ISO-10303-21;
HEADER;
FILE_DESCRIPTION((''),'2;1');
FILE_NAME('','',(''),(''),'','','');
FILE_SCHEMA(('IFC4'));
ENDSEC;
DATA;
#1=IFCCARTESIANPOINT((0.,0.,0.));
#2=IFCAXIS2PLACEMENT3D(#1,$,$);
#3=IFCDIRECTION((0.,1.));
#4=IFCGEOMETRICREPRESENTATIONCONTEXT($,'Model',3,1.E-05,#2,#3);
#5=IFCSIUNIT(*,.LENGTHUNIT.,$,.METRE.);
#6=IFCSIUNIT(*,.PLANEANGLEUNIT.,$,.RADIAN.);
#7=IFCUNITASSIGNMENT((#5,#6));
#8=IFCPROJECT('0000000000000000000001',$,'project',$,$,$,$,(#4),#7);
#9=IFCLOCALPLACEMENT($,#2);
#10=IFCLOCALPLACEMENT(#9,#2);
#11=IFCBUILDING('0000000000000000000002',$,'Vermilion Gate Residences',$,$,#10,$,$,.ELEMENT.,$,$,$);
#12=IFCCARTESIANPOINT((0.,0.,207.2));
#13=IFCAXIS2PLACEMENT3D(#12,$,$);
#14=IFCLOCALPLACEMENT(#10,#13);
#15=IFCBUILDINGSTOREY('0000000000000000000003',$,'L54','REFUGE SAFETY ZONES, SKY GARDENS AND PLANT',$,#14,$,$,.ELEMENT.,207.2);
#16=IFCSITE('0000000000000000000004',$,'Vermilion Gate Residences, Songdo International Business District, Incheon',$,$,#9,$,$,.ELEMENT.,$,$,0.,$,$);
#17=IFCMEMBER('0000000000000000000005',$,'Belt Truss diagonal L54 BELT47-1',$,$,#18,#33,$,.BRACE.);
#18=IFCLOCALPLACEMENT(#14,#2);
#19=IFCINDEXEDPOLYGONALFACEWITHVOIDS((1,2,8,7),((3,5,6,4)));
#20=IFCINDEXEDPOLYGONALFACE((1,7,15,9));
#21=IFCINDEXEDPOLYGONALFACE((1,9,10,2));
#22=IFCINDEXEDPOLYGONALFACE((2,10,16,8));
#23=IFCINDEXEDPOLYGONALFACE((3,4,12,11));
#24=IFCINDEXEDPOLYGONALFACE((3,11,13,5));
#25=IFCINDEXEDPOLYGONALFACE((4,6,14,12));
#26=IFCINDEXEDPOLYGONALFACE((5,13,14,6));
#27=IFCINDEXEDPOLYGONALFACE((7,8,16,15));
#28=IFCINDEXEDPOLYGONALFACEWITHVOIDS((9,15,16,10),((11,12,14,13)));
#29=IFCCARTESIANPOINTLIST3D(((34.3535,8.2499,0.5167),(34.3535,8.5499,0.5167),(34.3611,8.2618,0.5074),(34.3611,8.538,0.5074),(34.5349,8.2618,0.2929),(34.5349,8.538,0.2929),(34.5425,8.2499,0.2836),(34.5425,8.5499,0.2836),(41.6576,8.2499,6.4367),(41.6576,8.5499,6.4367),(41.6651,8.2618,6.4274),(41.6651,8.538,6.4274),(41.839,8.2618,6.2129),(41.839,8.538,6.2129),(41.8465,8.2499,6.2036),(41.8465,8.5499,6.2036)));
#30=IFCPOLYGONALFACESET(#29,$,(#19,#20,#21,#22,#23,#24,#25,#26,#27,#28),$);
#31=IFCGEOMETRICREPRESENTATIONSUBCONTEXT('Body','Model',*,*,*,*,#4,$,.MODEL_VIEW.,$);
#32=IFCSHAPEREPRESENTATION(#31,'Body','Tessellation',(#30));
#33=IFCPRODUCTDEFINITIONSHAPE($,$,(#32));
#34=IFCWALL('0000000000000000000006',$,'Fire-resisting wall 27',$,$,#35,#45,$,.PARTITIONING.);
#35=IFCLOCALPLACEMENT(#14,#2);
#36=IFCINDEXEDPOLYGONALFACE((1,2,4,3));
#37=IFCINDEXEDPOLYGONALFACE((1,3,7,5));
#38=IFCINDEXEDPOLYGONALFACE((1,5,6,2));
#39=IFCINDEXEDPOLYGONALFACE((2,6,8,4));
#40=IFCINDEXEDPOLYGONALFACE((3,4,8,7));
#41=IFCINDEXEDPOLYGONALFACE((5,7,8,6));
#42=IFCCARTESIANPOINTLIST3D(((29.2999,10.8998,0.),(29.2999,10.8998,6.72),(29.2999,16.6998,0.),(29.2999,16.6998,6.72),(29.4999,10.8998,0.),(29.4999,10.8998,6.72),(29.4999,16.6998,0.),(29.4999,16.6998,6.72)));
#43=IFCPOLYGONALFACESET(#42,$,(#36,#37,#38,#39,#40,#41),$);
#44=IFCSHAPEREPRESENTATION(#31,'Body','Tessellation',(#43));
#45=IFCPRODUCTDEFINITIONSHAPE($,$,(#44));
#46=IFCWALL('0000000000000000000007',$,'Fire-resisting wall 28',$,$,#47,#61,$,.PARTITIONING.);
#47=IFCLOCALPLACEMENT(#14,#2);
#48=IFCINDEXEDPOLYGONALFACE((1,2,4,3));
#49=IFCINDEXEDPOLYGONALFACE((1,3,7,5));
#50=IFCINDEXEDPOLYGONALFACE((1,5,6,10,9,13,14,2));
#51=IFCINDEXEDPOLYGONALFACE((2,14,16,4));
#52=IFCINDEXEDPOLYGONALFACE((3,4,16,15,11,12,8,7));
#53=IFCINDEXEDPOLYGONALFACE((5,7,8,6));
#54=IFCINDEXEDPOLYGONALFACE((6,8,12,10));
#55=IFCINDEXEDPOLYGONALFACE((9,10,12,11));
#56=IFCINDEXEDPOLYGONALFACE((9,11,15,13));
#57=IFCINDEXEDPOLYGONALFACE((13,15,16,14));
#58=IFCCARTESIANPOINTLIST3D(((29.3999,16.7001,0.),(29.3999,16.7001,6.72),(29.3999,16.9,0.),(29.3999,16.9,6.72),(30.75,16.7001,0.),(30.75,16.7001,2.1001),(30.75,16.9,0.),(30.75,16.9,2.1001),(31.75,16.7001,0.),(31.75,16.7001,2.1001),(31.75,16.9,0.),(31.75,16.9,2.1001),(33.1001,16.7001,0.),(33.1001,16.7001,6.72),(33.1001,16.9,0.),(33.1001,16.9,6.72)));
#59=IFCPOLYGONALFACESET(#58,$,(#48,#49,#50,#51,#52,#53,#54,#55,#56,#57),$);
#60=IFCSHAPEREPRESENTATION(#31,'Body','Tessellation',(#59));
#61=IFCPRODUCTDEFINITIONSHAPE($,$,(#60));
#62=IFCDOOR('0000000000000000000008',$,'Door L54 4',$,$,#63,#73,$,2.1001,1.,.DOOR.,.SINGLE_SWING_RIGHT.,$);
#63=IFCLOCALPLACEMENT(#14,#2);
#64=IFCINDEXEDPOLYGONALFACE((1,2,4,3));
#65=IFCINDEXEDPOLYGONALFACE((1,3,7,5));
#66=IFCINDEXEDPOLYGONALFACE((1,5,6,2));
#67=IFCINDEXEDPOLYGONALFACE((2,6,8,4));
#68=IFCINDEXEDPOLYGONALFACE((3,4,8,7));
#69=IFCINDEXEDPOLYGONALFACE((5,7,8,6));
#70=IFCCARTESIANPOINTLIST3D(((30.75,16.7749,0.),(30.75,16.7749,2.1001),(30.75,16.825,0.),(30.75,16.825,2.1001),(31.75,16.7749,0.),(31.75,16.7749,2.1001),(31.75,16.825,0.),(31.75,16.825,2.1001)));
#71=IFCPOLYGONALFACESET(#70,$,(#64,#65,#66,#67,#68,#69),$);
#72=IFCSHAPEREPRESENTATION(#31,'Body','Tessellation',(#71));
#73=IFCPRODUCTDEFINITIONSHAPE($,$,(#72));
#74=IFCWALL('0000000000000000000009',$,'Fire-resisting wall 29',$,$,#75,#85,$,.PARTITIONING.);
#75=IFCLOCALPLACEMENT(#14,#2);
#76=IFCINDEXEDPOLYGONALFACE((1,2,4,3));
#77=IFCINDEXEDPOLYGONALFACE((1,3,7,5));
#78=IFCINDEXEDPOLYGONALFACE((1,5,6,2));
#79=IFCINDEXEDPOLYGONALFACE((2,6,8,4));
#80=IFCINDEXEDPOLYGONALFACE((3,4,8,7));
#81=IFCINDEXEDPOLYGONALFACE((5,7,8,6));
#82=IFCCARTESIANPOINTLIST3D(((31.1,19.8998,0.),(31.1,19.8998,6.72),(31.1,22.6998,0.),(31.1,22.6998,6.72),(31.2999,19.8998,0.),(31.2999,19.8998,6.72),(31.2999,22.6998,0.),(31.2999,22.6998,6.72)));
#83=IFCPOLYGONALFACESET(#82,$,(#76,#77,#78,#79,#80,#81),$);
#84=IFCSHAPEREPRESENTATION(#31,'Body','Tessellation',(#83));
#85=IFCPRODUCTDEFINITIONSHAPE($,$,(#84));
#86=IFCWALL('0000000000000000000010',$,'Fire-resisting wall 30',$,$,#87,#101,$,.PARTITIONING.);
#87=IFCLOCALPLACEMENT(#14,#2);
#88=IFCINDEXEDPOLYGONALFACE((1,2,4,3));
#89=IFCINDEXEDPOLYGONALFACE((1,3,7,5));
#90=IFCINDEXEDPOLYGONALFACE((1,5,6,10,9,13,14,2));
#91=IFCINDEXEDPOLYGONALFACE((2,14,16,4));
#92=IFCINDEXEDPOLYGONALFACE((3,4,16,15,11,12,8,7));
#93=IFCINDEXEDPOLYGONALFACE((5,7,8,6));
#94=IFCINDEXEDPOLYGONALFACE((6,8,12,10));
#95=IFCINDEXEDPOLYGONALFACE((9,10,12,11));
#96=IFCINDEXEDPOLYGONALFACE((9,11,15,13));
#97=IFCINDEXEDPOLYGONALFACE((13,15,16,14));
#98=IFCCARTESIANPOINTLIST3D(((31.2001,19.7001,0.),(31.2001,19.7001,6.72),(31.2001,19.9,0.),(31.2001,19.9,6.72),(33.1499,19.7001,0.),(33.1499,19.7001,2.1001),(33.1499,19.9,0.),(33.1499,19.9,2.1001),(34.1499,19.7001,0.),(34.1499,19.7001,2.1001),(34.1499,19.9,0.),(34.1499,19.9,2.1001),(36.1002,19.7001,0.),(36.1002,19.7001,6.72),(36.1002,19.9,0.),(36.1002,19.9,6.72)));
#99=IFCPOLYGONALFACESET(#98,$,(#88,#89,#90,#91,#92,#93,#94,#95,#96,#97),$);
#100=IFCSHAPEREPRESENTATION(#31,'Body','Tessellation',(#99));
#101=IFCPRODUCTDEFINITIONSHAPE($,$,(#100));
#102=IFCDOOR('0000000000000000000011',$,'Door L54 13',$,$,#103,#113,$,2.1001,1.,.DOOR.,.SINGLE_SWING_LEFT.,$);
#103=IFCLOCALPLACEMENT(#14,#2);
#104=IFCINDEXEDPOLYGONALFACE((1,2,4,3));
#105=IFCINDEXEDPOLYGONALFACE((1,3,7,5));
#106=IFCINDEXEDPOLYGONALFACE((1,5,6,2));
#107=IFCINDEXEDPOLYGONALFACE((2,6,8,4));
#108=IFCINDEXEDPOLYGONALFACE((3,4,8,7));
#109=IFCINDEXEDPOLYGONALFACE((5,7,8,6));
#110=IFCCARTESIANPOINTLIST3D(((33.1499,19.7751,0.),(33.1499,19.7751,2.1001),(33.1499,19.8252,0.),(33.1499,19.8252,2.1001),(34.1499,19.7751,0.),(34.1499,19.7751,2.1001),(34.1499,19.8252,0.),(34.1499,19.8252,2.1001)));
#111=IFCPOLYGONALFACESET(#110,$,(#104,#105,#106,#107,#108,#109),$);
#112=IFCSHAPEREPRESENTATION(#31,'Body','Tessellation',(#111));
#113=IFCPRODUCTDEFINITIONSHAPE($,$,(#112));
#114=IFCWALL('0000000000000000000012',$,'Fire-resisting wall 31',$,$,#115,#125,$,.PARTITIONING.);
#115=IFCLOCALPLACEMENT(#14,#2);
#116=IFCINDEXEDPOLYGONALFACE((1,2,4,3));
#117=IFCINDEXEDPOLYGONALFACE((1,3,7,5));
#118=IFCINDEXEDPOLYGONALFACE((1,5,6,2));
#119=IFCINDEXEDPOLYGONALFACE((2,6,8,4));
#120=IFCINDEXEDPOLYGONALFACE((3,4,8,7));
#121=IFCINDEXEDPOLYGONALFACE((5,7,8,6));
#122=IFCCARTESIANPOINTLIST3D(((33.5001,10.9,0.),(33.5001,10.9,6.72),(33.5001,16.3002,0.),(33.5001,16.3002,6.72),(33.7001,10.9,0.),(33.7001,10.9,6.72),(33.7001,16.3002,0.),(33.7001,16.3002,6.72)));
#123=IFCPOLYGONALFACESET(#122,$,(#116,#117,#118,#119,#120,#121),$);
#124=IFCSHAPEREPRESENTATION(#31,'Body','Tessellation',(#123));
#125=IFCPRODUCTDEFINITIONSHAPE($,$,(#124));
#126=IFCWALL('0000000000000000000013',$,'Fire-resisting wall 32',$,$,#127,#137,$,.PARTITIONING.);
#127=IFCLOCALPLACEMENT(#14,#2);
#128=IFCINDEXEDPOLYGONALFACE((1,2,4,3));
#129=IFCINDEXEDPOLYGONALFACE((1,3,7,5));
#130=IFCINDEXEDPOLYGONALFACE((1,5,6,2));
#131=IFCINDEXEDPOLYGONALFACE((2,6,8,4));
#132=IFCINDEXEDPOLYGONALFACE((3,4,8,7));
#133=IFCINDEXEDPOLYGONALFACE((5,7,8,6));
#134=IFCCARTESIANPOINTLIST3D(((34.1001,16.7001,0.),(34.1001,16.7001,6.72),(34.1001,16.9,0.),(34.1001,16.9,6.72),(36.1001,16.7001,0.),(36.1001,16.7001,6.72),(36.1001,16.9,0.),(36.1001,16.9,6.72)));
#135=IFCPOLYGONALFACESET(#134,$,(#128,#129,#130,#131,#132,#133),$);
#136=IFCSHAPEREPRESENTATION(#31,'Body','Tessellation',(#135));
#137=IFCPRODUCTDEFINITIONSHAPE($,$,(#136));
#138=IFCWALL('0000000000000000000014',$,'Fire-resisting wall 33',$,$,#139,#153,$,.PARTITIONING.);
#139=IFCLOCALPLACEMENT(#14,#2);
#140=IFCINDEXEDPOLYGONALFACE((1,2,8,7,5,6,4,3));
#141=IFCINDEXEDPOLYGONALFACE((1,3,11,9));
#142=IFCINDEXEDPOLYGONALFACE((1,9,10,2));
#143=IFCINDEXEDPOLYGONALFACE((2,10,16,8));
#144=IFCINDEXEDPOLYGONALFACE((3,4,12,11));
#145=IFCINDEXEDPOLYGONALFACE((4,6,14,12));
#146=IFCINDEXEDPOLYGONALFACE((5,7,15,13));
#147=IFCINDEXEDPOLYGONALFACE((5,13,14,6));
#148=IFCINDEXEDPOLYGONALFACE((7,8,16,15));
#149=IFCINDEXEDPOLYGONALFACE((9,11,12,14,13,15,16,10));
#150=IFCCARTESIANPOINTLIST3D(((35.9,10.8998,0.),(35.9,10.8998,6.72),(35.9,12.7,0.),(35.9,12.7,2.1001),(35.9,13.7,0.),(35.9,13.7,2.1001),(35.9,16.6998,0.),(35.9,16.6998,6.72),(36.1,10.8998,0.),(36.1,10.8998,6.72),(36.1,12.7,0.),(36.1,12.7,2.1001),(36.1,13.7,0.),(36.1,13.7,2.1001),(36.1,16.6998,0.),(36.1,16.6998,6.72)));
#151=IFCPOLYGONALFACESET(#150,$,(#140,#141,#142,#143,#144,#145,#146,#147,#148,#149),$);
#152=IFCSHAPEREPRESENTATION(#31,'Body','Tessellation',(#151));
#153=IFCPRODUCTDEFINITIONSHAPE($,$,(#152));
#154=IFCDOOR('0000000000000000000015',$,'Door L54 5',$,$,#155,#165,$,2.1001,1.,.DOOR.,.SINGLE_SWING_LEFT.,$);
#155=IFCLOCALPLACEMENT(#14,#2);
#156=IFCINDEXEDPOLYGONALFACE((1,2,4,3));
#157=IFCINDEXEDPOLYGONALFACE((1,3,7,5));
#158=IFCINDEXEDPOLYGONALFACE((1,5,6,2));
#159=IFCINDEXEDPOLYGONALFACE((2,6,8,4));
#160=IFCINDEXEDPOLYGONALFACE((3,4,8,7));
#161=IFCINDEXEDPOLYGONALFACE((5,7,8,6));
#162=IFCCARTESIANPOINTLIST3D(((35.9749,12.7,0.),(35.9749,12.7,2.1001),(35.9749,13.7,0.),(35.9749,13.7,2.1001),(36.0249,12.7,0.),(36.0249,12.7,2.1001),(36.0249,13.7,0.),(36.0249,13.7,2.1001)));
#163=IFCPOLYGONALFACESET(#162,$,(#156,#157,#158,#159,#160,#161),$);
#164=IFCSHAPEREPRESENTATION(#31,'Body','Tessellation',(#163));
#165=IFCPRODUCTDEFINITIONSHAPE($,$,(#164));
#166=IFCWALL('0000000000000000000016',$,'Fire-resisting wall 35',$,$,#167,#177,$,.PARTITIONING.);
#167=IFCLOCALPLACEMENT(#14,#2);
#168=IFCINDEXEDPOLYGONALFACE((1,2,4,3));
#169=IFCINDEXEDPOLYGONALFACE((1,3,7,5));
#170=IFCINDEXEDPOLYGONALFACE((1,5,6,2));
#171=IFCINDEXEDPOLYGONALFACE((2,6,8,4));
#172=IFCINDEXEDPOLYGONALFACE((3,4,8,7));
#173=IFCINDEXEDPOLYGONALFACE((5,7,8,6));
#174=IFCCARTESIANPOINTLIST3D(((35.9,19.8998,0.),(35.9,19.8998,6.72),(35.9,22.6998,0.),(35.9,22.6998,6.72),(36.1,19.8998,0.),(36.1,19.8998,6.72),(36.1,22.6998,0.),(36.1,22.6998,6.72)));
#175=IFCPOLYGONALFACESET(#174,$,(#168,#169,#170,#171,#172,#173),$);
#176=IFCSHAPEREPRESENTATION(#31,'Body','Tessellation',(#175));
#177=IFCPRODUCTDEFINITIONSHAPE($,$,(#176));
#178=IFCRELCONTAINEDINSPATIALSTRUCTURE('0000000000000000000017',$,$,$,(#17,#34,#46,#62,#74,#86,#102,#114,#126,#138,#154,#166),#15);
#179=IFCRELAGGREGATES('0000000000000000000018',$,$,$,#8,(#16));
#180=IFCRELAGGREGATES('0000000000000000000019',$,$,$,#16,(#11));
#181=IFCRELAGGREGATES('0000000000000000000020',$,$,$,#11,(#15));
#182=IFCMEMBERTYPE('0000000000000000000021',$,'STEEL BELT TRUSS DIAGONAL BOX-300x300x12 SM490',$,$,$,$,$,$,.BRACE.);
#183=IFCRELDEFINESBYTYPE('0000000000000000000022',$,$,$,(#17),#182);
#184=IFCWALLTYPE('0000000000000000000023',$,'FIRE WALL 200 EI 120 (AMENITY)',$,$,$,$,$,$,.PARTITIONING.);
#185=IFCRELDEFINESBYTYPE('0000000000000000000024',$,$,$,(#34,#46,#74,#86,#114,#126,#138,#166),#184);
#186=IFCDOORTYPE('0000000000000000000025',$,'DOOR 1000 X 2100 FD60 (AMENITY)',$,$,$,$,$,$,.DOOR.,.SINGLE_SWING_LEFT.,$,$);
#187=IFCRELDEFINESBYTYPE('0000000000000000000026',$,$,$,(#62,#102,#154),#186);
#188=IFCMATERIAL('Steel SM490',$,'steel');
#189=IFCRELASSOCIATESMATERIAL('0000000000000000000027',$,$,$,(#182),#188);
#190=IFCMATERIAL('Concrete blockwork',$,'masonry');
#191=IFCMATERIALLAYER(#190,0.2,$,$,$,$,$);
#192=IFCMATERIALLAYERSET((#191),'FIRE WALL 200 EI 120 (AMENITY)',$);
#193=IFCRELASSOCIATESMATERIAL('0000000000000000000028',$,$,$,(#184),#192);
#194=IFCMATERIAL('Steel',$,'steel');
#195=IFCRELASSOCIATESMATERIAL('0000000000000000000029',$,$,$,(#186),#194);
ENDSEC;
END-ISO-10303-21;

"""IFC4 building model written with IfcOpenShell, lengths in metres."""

from ifc_helpers import new_model, si_unit, direction, frame, frame_2d, origin, origin_2d, place, context, subcontext, project, spatial, rectangle, hollow_rectangle, extrude, material, layer, layer_set, material_profile, profile_set, type_object, element, fill, save


model = new_model("IFC4")

# Units and contexts
model_context = context("Model", 3, precision=1e-05, world=origin(), true_north=direction((0.0, 1.0)))
body_context = subcontext(model_context, "Body", "Model", "MODEL_VIEW")
ifc_project = project(units=[si_unit("LENGTHUNIT", "METRE"), si_unit("PLANEANGLEUNIT", "RADIAN")], contexts=[model_context])

# Site, building, storey
site_placement = place(None, origin())
site = spatial("IfcSite", under=ifc_project, at=site_placement, Name="Vermilion Gate Residences, Songdo International Business District, Incheon", CompositionType="ELEMENT", RefElevation=0.0)
building_placement = place(site_placement, origin())
building = spatial("IfcBuilding", under=site, at=building_placement, Name="Vermilion Gate Residences", CompositionType="ELEMENT")
storey_placement = place(building_placement, frame((0.0, 0.0, 207.2)))
storey = spatial("IfcBuildingStorey", under=building, at=storey_placement, Name="L54", Description="REFUGE SAFETY ZONES, SKY GARDENS AND PLANT", CompositionType="ELEMENT", Elevation=207.2)

# Member
ifc_material_1 = material(Name="Steel SM490", Category="steel")
ifc_material_profile_1 = material_profile(ifc_material_1, hollow_rectangle(XDim=0.3, YDim=0.3, WallThickness=0.012, at=origin_2d()), Name="BOX-300x300x12")
ifc_profile_set_1 = profile_set([ifc_material_profile_1], Name="Steel SM490")
member_type_1 = type_object("IfcMemberType", Name="STEEL BELT TRUSS DIAGONAL BOX-300x300x12 SM490", PredefinedType="BRACE", material=ifc_profile_set_1)
member_1_placement = place(storey_placement, frame((34.448, 8.3999, 0.4001), z_axis=(0.77687, 0.0, 0.629661), x_axis=(0.0, 1.0, 0.0)))
element("IfcMember", 1, at=member_1_placement, inside=storey, type_object=member_type_1, Name="Belt Truss diagonal L54 BELT47-1", PredefinedType="BRACE", context=body_context, shape_type="SweptSolid", body=[
    extrude(hollow_rectangle(XDim=0.3, YDim=0.3, WallThickness=0.012, at=origin_2d()), origin(), (0.0, 0.0, 1.0), 9.4019),
])

# Wall
ifc_material_2 = material(Name="Concrete blockwork", Category="masonry")
ifc_layer_1 = layer(ifc_material_2, 0.2)
ifc_layer_set_1 = layer_set([ifc_layer_1], Name="FIRE WALL 200 EI 120 (AMENITY)")
wall_type_1 = type_object("IfcWallType", Name="FIRE WALL 200 EI 120 (AMENITY)", PredefinedType="PARTITIONING", material=ifc_layer_set_1)
wall_1_placement = place(storey_placement, frame((29.3999, 10.8999, 0.0), z_axis=(0.0, 0.0, 1.0), x_axis=(0.0, 1.0, 0.0)))
element("IfcWall", 2, at=wall_1_placement, inside=storey, type_object=wall_type_1, Name="Fire-resisting wall 27", PredefinedType="PARTITIONING", context=body_context, shape_type="SweptSolid", body=[
    extrude(rectangle(XDim=5.8, YDim=0.2, at=frame_2d((2.8999, 0.0))), origin(), (0.0, 0.0, 1.0), 6.72),
])

# Wall, opening, door
wall_2_placement = place(storey_placement, frame((29.3999, 16.8, 0.0), z_axis=(0.0, 0.0, 1.0), x_axis=(1.0, 0.0, 0.0)))
wall_2 = element("IfcWall", 3, at=wall_2_placement, inside=storey, type_object=wall_type_1, Name="Fire-resisting wall 28", PredefinedType="PARTITIONING", context=body_context, shape_type="SweptSolid", body=[
    extrude(rectangle(XDim=3.7002, YDim=0.2, at=frame_2d((1.8501, 0.0))), origin(), (0.0, 0.0, 1.0), 6.72),
])
opening_1_placement = place(wall_2_placement, frame((1.3501, 0.0, 0.0)))
opening_1 = element("IfcOpeningElement", 4, at=opening_1_placement, cuts=wall_2, PredefinedType="OPENING", context=body_context, shape_type="SweptSolid", body=[
    extrude(rectangle(XDim=1.0, YDim=2.1001, at=frame_2d((0.5, 1.05))), frame((0.0, 0.1099, 0.0), z_axis=(0.0, -1.0, 0.0), x_axis=(1.0, 0.0, 0.0)), (0.0, 0.0, 1.0), 0.22),
])
ifc_material_3 = material(Name="Steel", Category="steel")
door_type_1 = type_object("IfcDoorType", Name="DOOR 1000 X 2100 FD60 (AMENITY)", OperationType="SINGLE_SWING_LEFT", PredefinedType="DOOR", material=ifc_material_3)
door_1_placement = place(opening_1_placement, origin())
door_1 = element("IfcDoor", 5, at=door_1_placement, inside=storey, type_object=door_type_1, Name="Door L54 4", OperationType="SINGLE_SWING_RIGHT", OverallHeight=2.1001, OverallWidth=1.0, PredefinedType="DOOR", context=body_context, shape_type="SweptSolid", body=[
    extrude(rectangle(XDim=1.0, YDim=2.1001, at=frame_2d((0.5, 1.05))), frame((0.0, 0.0249, 0.0), z_axis=(0.0, -1.0, 0.0), x_axis=(1.0, 0.0, 0.0)), (0.0, 0.0, 1.0), 0.05),
])
fill(opening_1, door_1)

# Wall
wall_3_placement = place(storey_placement, frame((31.2, 19.8999, 0.0), z_axis=(0.0, 0.0, 1.0), x_axis=(0.0, 1.0, 0.0)))
element("IfcWall", 6, at=wall_3_placement, inside=storey, type_object=wall_type_1, Name="Fire-resisting wall 29", PredefinedType="PARTITIONING", context=body_context, shape_type="SweptSolid", body=[
    extrude(rectangle(XDim=2.8, YDim=0.2, at=frame_2d((1.3999, 0.0))), origin(), (0.0, 0.0, 1.0), 6.72),
])

# Wall, opening, door
wall_4_placement = place(storey_placement, frame((31.2, 19.8, 0.0), z_axis=(0.0, 0.0, 1.0), x_axis=(1.0, 0.0, 0.0)))
wall_4 = element("IfcWall", 7, at=wall_4_placement, inside=storey, type_object=wall_type_1, Name="Fire-resisting wall 30", PredefinedType="PARTITIONING", context=body_context, shape_type="SweptSolid", body=[
    extrude(rectangle(XDim=4.9001, YDim=0.2, at=frame_2d((2.4502, 0.0))), origin(), (0.0, 0.0, 1.0), 6.72),
])
opening_2_placement = place(wall_4_placement, frame((1.95, 0.0, 0.0)))
opening_2 = element("IfcOpeningElement", 8, at=opening_2_placement, cuts=wall_4, PredefinedType="OPENING", context=body_context, shape_type="SweptSolid", body=[
    extrude(rectangle(XDim=1.0, YDim=2.1001, at=frame_2d((0.5, 1.05))), frame((0.0, 0.1099, 0.0), z_axis=(0.0, -1.0, 0.0), x_axis=(1.0, 0.0, 0.0)), (0.0, 0.0, 1.0), 0.22),
])
door_2_placement = place(opening_2_placement, frame((1.0, 0.0, 0.0), z_axis=(0.0, 0.0, 1.0), x_axis=(-1.0, 0.0, 0.0)))
door_2 = element("IfcDoor", 9, at=door_2_placement, inside=storey, type_object=door_type_1, Name="Door L54 13", OperationType="SINGLE_SWING_LEFT", OverallHeight=2.1001, OverallWidth=1.0, PredefinedType="DOOR", context=body_context, shape_type="SweptSolid", body=[
    extrude(rectangle(XDim=1.0, YDim=2.1001, at=frame_2d((0.5, 1.05))), frame((0.0, 0.0249, 0.0), z_axis=(0.0, -1.0, 0.0), x_axis=(1.0, 0.0, 0.0)), (0.0, 0.0, 1.0), 0.05),
])
fill(opening_2, door_2)

# Walls
wall_5_placement = place(storey_placement, frame((33.6001, 10.8999, 0.0), z_axis=(0.0, 0.0, 1.0), x_axis=(0.0, 1.0, 0.0)))
element("IfcWall", 10, at=wall_5_placement, inside=storey, type_object=wall_type_1, Name="Fire-resisting wall 31", PredefinedType="PARTITIONING", context=body_context, shape_type="SweptSolid", body=[
    extrude(rectangle(XDim=5.4001, YDim=0.2, at=frame_2d((2.7002, 0.0))), origin(), (0.0, 0.0, 1.0), 6.72),
])
wall_6_placement = place(storey_placement, frame((34.1001, 16.8, 0.0), z_axis=(0.0, 0.0, 1.0), x_axis=(1.0, 0.0, 0.0)))
element("IfcWall", 11, at=wall_6_placement, inside=storey, type_object=wall_type_1, Name="Fire-resisting wall 32", PredefinedType="PARTITIONING", context=body_context, shape_type="SweptSolid", body=[
    extrude(rectangle(XDim=2.0, YDim=0.2, at=frame_2d((1.0, 0.0))), origin(), (0.0, 0.0, 1.0), 6.72),
])

# Wall, opening, door
wall_7_placement = place(storey_placement, frame((36.0, 10.8999, 0.0), z_axis=(0.0, 0.0, 1.0), x_axis=(0.0, 1.0, 0.0)))
wall_7 = element("IfcWall", 12, at=wall_7_placement, inside=storey, type_object=wall_type_1, Name="Fire-resisting wall 33", PredefinedType="PARTITIONING", context=body_context, shape_type="SweptSolid", body=[
    extrude(rectangle(XDim=5.8, YDim=0.2, at=frame_2d((2.8999, 0.0))), origin(), (0.0, 0.0, 1.0), 6.72),
])
opening_3_placement = place(wall_7_placement, frame((1.8, 0.0, 0.0)))
opening_3 = element("IfcOpeningElement", 13, at=opening_3_placement, cuts=wall_7, PredefinedType="OPENING", context=body_context, shape_type="SweptSolid", body=[
    extrude(rectangle(XDim=1.0, YDim=2.1001, at=frame_2d((0.5, 1.05))), frame((0.0, 0.1099, 0.0), z_axis=(0.0, -1.0, 0.0), x_axis=(1.0, 0.0, 0.0)), (0.0, 0.0, 1.0), 0.22),
])
door_3_placement = place(opening_3_placement, frame((1.0, 0.0, 0.0), z_axis=(0.0, 0.0, 1.0), x_axis=(-1.0, 0.0, 0.0)))
door_3 = element("IfcDoor", 14, at=door_3_placement, inside=storey, type_object=door_type_1, Name="Door L54 5", OperationType="SINGLE_SWING_LEFT", OverallHeight=2.1001, OverallWidth=1.0, PredefinedType="DOOR", context=body_context, shape_type="SweptSolid", body=[
    extrude(rectangle(XDim=1.0, YDim=2.1001, at=frame_2d((0.5, 1.05))), frame((0.0, 0.0249, 0.0), z_axis=(0.0, -1.0, 0.0), x_axis=(1.0, 0.0, 0.0)), (0.0, 0.0, 1.0), 0.05),
])
fill(opening_3, door_3)

# Wall
wall_8_placement = place(storey_placement, frame((36.0, 19.8999, 0.0), z_axis=(0.0, 0.0, 1.0), x_axis=(0.0, 1.0, 0.0)))
element("IfcWall", 15, at=wall_8_placement, inside=storey, type_object=wall_type_1, Name="Fire-resisting wall 35", PredefinedType="PARTITIONING", context=body_context, shape_type="SweptSolid", body=[
    extrude(rectangle(XDim=2.8, YDim=0.2, at=frame_2d((1.3999, 0.0))), origin(), (0.0, 0.0, 1.0), 6.72),
])

save(model, "model.ifc")
